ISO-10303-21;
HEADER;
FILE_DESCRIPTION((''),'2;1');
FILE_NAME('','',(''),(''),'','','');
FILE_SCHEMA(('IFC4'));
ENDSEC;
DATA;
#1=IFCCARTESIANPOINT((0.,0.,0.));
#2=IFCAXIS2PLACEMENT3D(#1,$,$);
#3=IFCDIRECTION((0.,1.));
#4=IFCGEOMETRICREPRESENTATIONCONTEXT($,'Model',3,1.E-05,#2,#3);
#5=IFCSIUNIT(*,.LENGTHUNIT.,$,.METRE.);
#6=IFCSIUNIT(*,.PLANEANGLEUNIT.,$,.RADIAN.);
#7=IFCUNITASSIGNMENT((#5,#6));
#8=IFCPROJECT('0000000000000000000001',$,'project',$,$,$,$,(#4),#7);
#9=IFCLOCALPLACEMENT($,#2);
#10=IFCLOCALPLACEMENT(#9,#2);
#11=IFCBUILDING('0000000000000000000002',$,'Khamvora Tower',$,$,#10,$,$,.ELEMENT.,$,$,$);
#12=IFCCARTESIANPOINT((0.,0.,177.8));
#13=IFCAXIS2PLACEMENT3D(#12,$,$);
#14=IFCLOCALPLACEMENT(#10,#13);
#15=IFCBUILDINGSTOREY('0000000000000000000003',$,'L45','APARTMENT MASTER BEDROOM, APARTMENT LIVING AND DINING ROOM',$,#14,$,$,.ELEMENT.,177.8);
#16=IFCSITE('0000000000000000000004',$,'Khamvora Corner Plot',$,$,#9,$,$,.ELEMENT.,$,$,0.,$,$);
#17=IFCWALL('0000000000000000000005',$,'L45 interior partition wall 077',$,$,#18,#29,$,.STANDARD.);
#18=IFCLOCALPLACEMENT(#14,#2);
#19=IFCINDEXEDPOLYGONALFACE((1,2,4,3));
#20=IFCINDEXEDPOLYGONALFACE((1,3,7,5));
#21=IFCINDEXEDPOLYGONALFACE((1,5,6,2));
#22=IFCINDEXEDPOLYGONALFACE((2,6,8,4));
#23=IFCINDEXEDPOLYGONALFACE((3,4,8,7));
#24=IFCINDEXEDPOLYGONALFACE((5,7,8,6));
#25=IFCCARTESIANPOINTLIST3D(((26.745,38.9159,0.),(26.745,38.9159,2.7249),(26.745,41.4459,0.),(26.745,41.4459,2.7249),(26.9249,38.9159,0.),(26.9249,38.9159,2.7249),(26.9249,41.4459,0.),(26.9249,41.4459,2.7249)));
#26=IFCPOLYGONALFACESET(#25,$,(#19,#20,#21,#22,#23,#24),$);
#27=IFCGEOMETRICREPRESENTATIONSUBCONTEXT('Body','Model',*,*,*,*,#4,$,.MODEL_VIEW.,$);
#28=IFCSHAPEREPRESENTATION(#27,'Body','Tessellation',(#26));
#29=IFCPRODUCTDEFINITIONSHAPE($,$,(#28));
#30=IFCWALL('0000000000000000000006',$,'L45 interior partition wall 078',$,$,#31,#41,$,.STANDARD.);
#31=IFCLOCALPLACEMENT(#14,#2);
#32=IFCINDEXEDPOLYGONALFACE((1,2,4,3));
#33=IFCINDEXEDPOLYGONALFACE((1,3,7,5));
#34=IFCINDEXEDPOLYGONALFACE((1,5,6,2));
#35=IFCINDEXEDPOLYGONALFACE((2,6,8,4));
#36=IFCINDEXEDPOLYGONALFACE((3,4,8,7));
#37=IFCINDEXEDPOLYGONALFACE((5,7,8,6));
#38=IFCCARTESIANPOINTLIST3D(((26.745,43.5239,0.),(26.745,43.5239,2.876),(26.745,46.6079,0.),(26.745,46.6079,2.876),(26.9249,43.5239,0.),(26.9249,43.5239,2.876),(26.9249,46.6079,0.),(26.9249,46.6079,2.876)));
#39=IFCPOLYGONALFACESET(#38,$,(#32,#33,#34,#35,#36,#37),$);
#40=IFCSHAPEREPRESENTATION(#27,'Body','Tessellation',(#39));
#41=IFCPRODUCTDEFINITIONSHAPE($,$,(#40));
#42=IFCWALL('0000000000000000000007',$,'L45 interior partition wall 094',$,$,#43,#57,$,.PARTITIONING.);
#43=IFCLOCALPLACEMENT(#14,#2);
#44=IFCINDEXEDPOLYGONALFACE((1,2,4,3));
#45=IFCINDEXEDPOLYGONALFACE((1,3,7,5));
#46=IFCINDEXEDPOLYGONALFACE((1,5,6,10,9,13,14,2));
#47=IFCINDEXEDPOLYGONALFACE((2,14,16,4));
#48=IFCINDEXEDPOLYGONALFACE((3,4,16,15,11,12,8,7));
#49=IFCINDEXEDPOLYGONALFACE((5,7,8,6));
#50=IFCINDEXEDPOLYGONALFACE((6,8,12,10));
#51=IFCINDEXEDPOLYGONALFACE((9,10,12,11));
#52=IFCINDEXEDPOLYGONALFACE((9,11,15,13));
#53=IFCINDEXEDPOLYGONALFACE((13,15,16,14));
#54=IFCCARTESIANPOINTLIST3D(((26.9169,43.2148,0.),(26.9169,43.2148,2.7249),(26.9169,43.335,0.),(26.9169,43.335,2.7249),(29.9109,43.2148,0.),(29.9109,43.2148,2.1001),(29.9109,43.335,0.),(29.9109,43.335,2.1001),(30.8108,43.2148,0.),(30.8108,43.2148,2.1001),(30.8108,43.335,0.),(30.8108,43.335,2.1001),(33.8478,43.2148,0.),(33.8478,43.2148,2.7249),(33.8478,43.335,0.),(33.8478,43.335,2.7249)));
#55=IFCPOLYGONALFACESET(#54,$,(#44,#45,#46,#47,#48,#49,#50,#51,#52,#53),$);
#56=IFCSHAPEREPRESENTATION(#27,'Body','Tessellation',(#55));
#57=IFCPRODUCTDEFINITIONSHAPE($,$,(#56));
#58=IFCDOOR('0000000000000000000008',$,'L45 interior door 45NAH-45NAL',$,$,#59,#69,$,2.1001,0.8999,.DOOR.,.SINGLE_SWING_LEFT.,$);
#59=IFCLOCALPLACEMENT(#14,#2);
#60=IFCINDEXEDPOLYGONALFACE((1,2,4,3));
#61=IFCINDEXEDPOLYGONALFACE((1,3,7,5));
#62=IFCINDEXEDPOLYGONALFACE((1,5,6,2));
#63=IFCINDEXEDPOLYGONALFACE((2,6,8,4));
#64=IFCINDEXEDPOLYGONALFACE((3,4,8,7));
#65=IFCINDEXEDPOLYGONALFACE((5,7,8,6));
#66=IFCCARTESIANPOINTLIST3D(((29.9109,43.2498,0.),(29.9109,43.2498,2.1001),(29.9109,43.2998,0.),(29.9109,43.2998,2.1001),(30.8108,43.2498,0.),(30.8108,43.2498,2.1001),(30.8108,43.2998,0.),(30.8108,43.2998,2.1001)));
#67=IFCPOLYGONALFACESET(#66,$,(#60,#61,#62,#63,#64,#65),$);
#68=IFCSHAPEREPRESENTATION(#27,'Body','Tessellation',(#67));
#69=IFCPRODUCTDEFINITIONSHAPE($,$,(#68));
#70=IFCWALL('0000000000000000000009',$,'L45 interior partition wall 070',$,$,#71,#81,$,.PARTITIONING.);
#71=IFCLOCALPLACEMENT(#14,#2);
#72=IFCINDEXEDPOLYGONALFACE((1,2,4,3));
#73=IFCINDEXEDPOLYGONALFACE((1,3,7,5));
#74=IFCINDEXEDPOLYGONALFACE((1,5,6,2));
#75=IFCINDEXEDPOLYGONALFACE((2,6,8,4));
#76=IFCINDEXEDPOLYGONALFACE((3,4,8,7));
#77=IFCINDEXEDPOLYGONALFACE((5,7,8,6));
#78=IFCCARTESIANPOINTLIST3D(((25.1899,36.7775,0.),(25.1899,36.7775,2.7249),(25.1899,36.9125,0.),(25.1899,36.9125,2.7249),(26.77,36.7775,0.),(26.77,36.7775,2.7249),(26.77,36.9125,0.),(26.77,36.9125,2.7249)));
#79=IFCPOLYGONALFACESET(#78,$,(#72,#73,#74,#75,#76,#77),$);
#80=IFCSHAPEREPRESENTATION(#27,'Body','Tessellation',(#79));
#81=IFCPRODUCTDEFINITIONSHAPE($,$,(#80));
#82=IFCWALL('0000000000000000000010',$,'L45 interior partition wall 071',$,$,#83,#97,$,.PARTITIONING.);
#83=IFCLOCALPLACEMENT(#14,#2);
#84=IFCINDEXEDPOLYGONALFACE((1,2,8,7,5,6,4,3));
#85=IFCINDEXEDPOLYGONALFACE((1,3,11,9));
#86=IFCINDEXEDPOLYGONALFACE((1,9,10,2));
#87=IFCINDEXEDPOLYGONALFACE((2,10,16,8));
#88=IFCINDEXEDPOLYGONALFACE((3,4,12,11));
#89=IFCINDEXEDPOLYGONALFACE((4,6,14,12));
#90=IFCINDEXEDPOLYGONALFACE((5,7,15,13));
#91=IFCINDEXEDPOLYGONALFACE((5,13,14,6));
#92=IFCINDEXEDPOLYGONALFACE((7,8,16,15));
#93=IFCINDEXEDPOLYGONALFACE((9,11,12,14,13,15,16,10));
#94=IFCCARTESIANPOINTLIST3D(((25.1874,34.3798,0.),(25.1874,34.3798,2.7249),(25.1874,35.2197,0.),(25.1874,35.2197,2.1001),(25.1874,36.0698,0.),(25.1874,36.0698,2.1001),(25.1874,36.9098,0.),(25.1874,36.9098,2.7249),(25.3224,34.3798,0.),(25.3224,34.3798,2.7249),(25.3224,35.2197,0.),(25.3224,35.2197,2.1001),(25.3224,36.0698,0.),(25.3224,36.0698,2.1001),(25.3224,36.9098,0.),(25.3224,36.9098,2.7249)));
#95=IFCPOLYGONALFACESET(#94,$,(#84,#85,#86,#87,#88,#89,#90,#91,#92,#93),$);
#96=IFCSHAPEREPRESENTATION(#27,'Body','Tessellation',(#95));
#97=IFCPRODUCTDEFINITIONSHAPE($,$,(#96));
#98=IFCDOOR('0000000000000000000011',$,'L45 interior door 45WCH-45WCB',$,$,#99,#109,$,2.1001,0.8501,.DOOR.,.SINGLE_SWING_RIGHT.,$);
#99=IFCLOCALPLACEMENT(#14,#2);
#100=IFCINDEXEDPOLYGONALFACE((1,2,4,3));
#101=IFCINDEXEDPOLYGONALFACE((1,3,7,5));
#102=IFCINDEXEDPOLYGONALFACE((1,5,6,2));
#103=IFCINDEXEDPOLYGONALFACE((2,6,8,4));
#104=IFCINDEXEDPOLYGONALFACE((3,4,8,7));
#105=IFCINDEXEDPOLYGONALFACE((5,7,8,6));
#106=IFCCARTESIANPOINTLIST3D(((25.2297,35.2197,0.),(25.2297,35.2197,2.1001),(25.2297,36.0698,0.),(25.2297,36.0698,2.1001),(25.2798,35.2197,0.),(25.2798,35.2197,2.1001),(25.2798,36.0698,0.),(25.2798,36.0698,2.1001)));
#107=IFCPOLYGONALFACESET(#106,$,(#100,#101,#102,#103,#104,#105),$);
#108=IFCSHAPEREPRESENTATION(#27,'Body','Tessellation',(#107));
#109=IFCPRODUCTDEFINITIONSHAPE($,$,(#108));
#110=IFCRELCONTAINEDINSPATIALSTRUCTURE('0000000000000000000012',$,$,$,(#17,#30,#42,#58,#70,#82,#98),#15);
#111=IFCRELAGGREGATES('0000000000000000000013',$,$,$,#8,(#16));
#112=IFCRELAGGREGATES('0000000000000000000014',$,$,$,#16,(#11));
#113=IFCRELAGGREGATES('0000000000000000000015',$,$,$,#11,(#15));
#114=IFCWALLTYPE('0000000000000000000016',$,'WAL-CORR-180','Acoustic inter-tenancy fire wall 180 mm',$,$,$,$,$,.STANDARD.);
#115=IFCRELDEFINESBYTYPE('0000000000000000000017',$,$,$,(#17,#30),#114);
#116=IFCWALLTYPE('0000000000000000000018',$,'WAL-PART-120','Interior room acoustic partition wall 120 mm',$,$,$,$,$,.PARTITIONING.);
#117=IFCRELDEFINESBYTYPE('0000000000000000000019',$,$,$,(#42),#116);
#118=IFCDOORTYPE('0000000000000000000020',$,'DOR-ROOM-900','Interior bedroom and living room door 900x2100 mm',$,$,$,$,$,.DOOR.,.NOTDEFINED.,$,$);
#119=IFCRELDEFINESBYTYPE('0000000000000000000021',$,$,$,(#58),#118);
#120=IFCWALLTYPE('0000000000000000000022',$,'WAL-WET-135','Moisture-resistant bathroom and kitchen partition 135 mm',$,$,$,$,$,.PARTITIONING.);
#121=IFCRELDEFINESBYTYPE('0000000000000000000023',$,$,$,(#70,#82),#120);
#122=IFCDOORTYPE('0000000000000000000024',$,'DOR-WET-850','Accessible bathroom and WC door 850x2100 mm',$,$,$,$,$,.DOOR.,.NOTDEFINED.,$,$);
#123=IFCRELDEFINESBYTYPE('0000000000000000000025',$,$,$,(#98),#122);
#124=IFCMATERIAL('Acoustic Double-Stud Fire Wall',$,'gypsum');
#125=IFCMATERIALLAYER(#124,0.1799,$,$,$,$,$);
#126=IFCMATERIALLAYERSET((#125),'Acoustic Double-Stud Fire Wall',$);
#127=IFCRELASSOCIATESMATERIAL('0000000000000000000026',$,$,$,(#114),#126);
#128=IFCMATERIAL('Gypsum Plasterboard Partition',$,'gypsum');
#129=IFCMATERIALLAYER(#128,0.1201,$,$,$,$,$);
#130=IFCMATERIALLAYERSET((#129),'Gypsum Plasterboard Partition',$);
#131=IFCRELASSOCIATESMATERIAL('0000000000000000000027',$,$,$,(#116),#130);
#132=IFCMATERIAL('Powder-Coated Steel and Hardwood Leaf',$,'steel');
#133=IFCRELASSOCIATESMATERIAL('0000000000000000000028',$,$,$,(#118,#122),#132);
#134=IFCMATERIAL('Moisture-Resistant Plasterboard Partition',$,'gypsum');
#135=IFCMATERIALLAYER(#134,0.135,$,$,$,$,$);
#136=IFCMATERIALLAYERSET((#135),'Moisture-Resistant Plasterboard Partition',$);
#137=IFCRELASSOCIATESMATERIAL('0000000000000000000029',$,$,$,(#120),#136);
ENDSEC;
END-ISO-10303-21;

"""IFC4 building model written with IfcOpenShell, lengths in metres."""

from ifc_helpers import new_model, si_unit, direction, frame, frame_2d, origin, place, context, subcontext, project, spatial, rectangle, extrude, material, layer, layer_set, type_object, element, fill, save


model = new_model("IFC4")

# Units and contexts
model_context = context("Model", 3, precision=1e-05, world=origin(), true_north=direction((0.0, 1.0)))
body_context = subcontext(model_context, "Body", "Model", "MODEL_VIEW")
ifc_project = project(units=[si_unit("LENGTHUNIT", "METRE"), si_unit("PLANEANGLEUNIT", "RADIAN")], contexts=[model_context])

# Site, building, storey
site_placement = place(None, origin())
site = spatial("IfcSite", under=ifc_project, at=site_placement, Name="Khamvora Corner Plot", CompositionType="ELEMENT", RefElevation=0.0)
building_placement = place(site_placement, origin())
building = spatial("IfcBuilding", under=site, at=building_placement, Name="Khamvora Tower", CompositionType="ELEMENT")
storey_placement = place(building_placement, frame((0.0, 0.0, 177.8)))
storey = spatial("IfcBuildingStorey", under=building, at=storey_placement, Name="L45", Description="APARTMENT MASTER BEDROOM, APARTMENT LIVING AND DINING ROOM", CompositionType="ELEMENT", Elevation=177.8)

# Shared definitions
ifc_material_1 = material(Name="Powder-Coated Steel and Hardwood Leaf", Category="steel")

# Walls
ifc_material_2 = material(Name="Acoustic Double-Stud Fire Wall", Category="gypsum")
ifc_layer_1 = layer(ifc_material_2, 0.1799)
ifc_layer_set_1 = layer_set([ifc_layer_1], Name="Acoustic Double-Stud Fire Wall")
wall_type_1 = type_object("IfcWallType", Name="WAL-CORR-180", Description="Acoustic inter-tenancy fire wall 180 mm", PredefinedType="STANDARD", material=ifc_layer_set_1)
wall_1_placement = place(storey_placement, frame((26.835, 41.446, 0.0), z_axis=(0.0, 0.0, 1.0), x_axis=(0.0, -1.0, 0.0)))
element("IfcWall", 1, at=wall_1_placement, inside=storey, type_object=wall_type_1, Name="L45 interior partition wall 077", PredefinedType="STANDARD", context=body_context, shape_type="SweptSolid", body=[
    extrude(rectangle(XDim=2.53, YDim=0.1799, at=frame_2d((1.2651, 0.0))), origin(), (0.0, 0.0, 1.0), 2.7249),
])
wall_2_placement = place(storey_placement, frame((26.835, 46.6079, 0.0), z_axis=(0.0, 0.0, 1.0), x_axis=(0.0, -1.0, 0.0)))
element("IfcWall", 2, at=wall_2_placement, inside=storey, type_object=wall_type_1, Name="L45 interior partition wall 078", PredefinedType="STANDARD", context=body_context, shape_type="SweptSolid", body=[
    extrude(rectangle(XDim=3.084, YDim=0.1799, at=frame_2d((1.542, 0.0))), origin(), (0.0, 0.0, 1.0), 2.876),
])

# Wall, opening, door
ifc_material_3 = material(Name="Gypsum Plasterboard Partition", Category="gypsum")
ifc_layer_2 = layer(ifc_material_3, 0.1201)
ifc_layer_set_2 = layer_set([ifc_layer_2], Name="Gypsum Plasterboard Partition")
wall_type_2 = type_object("IfcWallType", Name="WAL-PART-120", Description="Interior room acoustic partition wall 120 mm", PredefinedType="PARTITIONING", material=ifc_layer_set_2)
wall_3_placement = place(storey_placement, frame((26.917, 43.2749, 0.0), z_axis=(0.0, 0.0, 1.0), x_axis=(1.0, 0.0, 0.0)))
wall_3 = element("IfcWall", 3, at=wall_3_placement, inside=storey, type_object=wall_type_2, Name="L45 interior partition wall 094", PredefinedType="PARTITIONING", context=body_context, shape_type="SweptSolid", body=[
    extrude(rectangle(XDim=6.9309, YDim=0.1201, at=frame_2d((3.4653, 0.0))), origin(), (0.0, 0.0, 1.0), 2.7249),
])
opening_1_placement = place(wall_3_placement, frame((2.9939, 0.0, 0.0)))
opening_1 = element("IfcOpeningElement", 4, at=opening_1_placement, cuts=wall_3, PredefinedType="OPENING", context=body_context, shape_type="SweptSolid", body=[
    extrude(rectangle(XDim=0.8999, YDim=2.1001, at=frame_2d((0.45, 1.05))), frame((0.0, 0.0701, 0.0), z_axis=(0.0, -1.0, 0.0), x_axis=(1.0, 0.0, 0.0)), (0.0, 0.0, 1.0), 0.1401),
])
door_type_1 = type_object("IfcDoorType", Name="DOR-ROOM-900", Description="Interior bedroom and living room door 900x2100 mm", OperationType="NOTDEFINED", PredefinedType="DOOR", material=ifc_material_1)
door_1_placement = place(opening_1_placement, origin())
door_1 = element("IfcDoor", 5, at=door_1_placement, inside=storey, type_object=door_type_1, Name="L45 interior door 45NAH-45NAL", OperationType="SINGLE_SWING_LEFT", OverallHeight=2.1001, OverallWidth=0.8999, PredefinedType="DOOR", context=body_context, shape_type="SweptSolid", body=[
    extrude(rectangle(XDim=0.8999, YDim=2.1001, at=frame_2d((0.45, 1.05))), frame((0.0, 0.0249, 0.0), z_axis=(0.0, -1.0, 0.0), x_axis=(1.0, 0.0, 0.0)), (0.0, 0.0, 1.0), 0.05),
])
fill(opening_1, door_1)

# Wall
ifc_material_4 = material(Name="Moisture-Resistant Plasterboard Partition", Category="gypsum")
ifc_layer_3 = layer(ifc_material_4, 0.135)
ifc_layer_set_3 = layer_set([ifc_layer_3], Name="Moisture-Resistant Plasterboard Partition")
wall_type_3 = type_object("IfcWallType", Name="WAL-WET-135", Description="Moisture-resistant bathroom and kitchen partition 135 mm", PredefinedType="PARTITIONING", material=ifc_layer_set_3)
wall_4_placement = place(storey_placement, frame((26.77, 36.845, 0.0), z_axis=(0.0, 0.0, 1.0), x_axis=(-1.0, 0.0, 0.0)))
element("IfcWall", 6, at=wall_4_placement, inside=storey, type_object=wall_type_3, Name="L45 interior partition wall 070", PredefinedType="PARTITIONING", context=body_context, shape_type="SweptSolid", body=[
    extrude(rectangle(XDim=1.5801, YDim=0.135, at=frame_2d((0.79, 0.0))), origin(), (0.0, 0.0, 1.0), 2.7249),
])

# Wall, opening, door
wall_5_placement = place(storey_placement, frame((25.2549, 36.9099, 0.0), z_axis=(0.0, 0.0, 1.0), x_axis=(0.0, -1.0, 0.0)))
wall_5 = element("IfcWall", 7, at=wall_5_placement, inside=storey, type_object=wall_type_3, Name="L45 interior partition wall 071", PredefinedType="PARTITIONING", context=body_context, shape_type="SweptSolid", body=[
    extrude(rectangle(XDim=2.53, YDim=0.135, at=frame_2d((1.2651, 0.0))), origin(), (0.0, 0.0, 1.0), 2.7249),
])
opening_2_placement = place(wall_5_placement, frame((0.8401, 0.0, 0.0)))
opening_2 = element("IfcOpeningElement", 8, at=opening_2_placement, cuts=wall_5, PredefinedType="OPENING", context=body_context, shape_type="SweptSolid", body=[
    extrude(rectangle(XDim=0.8501, YDim=2.1001, at=frame_2d((0.425, 1.05))), frame((0.0, 0.0774, 0.0), z_axis=(0.0, -1.0, 0.0), x_axis=(1.0, 0.0, 0.0)), (0.0, 0.0, 1.0), 0.155),
])
door_type_2 = type_object("IfcDoorType", Name="DOR-WET-850", Description="Accessible bathroom and WC door 850x2100 mm", OperationType="NOTDEFINED", PredefinedType="DOOR", material=ifc_material_1)
door_2_placement = place(opening_2_placement, origin())
door_2 = element("IfcDoor", 9, at=door_2_placement, inside=storey, type_object=door_type_2, Name="L45 interior door 45WCH-45WCB", OperationType="SINGLE_SWING_RIGHT", OverallHeight=2.1001, OverallWidth=0.8501, PredefinedType="DOOR", context=body_context, shape_type="SweptSolid", body=[
    extrude(rectangle(XDim=0.8501, YDim=2.1001, at=frame_2d((0.425, 1.05))), frame((0.0, 0.0249, 0.0), z_axis=(0.0, -1.0, 0.0), x_axis=(1.0, 0.0, 0.0)), (0.0, 0.0, 1.0), 0.05),
])
fill(opening_2, door_2)

save(model, "model.ifc")
